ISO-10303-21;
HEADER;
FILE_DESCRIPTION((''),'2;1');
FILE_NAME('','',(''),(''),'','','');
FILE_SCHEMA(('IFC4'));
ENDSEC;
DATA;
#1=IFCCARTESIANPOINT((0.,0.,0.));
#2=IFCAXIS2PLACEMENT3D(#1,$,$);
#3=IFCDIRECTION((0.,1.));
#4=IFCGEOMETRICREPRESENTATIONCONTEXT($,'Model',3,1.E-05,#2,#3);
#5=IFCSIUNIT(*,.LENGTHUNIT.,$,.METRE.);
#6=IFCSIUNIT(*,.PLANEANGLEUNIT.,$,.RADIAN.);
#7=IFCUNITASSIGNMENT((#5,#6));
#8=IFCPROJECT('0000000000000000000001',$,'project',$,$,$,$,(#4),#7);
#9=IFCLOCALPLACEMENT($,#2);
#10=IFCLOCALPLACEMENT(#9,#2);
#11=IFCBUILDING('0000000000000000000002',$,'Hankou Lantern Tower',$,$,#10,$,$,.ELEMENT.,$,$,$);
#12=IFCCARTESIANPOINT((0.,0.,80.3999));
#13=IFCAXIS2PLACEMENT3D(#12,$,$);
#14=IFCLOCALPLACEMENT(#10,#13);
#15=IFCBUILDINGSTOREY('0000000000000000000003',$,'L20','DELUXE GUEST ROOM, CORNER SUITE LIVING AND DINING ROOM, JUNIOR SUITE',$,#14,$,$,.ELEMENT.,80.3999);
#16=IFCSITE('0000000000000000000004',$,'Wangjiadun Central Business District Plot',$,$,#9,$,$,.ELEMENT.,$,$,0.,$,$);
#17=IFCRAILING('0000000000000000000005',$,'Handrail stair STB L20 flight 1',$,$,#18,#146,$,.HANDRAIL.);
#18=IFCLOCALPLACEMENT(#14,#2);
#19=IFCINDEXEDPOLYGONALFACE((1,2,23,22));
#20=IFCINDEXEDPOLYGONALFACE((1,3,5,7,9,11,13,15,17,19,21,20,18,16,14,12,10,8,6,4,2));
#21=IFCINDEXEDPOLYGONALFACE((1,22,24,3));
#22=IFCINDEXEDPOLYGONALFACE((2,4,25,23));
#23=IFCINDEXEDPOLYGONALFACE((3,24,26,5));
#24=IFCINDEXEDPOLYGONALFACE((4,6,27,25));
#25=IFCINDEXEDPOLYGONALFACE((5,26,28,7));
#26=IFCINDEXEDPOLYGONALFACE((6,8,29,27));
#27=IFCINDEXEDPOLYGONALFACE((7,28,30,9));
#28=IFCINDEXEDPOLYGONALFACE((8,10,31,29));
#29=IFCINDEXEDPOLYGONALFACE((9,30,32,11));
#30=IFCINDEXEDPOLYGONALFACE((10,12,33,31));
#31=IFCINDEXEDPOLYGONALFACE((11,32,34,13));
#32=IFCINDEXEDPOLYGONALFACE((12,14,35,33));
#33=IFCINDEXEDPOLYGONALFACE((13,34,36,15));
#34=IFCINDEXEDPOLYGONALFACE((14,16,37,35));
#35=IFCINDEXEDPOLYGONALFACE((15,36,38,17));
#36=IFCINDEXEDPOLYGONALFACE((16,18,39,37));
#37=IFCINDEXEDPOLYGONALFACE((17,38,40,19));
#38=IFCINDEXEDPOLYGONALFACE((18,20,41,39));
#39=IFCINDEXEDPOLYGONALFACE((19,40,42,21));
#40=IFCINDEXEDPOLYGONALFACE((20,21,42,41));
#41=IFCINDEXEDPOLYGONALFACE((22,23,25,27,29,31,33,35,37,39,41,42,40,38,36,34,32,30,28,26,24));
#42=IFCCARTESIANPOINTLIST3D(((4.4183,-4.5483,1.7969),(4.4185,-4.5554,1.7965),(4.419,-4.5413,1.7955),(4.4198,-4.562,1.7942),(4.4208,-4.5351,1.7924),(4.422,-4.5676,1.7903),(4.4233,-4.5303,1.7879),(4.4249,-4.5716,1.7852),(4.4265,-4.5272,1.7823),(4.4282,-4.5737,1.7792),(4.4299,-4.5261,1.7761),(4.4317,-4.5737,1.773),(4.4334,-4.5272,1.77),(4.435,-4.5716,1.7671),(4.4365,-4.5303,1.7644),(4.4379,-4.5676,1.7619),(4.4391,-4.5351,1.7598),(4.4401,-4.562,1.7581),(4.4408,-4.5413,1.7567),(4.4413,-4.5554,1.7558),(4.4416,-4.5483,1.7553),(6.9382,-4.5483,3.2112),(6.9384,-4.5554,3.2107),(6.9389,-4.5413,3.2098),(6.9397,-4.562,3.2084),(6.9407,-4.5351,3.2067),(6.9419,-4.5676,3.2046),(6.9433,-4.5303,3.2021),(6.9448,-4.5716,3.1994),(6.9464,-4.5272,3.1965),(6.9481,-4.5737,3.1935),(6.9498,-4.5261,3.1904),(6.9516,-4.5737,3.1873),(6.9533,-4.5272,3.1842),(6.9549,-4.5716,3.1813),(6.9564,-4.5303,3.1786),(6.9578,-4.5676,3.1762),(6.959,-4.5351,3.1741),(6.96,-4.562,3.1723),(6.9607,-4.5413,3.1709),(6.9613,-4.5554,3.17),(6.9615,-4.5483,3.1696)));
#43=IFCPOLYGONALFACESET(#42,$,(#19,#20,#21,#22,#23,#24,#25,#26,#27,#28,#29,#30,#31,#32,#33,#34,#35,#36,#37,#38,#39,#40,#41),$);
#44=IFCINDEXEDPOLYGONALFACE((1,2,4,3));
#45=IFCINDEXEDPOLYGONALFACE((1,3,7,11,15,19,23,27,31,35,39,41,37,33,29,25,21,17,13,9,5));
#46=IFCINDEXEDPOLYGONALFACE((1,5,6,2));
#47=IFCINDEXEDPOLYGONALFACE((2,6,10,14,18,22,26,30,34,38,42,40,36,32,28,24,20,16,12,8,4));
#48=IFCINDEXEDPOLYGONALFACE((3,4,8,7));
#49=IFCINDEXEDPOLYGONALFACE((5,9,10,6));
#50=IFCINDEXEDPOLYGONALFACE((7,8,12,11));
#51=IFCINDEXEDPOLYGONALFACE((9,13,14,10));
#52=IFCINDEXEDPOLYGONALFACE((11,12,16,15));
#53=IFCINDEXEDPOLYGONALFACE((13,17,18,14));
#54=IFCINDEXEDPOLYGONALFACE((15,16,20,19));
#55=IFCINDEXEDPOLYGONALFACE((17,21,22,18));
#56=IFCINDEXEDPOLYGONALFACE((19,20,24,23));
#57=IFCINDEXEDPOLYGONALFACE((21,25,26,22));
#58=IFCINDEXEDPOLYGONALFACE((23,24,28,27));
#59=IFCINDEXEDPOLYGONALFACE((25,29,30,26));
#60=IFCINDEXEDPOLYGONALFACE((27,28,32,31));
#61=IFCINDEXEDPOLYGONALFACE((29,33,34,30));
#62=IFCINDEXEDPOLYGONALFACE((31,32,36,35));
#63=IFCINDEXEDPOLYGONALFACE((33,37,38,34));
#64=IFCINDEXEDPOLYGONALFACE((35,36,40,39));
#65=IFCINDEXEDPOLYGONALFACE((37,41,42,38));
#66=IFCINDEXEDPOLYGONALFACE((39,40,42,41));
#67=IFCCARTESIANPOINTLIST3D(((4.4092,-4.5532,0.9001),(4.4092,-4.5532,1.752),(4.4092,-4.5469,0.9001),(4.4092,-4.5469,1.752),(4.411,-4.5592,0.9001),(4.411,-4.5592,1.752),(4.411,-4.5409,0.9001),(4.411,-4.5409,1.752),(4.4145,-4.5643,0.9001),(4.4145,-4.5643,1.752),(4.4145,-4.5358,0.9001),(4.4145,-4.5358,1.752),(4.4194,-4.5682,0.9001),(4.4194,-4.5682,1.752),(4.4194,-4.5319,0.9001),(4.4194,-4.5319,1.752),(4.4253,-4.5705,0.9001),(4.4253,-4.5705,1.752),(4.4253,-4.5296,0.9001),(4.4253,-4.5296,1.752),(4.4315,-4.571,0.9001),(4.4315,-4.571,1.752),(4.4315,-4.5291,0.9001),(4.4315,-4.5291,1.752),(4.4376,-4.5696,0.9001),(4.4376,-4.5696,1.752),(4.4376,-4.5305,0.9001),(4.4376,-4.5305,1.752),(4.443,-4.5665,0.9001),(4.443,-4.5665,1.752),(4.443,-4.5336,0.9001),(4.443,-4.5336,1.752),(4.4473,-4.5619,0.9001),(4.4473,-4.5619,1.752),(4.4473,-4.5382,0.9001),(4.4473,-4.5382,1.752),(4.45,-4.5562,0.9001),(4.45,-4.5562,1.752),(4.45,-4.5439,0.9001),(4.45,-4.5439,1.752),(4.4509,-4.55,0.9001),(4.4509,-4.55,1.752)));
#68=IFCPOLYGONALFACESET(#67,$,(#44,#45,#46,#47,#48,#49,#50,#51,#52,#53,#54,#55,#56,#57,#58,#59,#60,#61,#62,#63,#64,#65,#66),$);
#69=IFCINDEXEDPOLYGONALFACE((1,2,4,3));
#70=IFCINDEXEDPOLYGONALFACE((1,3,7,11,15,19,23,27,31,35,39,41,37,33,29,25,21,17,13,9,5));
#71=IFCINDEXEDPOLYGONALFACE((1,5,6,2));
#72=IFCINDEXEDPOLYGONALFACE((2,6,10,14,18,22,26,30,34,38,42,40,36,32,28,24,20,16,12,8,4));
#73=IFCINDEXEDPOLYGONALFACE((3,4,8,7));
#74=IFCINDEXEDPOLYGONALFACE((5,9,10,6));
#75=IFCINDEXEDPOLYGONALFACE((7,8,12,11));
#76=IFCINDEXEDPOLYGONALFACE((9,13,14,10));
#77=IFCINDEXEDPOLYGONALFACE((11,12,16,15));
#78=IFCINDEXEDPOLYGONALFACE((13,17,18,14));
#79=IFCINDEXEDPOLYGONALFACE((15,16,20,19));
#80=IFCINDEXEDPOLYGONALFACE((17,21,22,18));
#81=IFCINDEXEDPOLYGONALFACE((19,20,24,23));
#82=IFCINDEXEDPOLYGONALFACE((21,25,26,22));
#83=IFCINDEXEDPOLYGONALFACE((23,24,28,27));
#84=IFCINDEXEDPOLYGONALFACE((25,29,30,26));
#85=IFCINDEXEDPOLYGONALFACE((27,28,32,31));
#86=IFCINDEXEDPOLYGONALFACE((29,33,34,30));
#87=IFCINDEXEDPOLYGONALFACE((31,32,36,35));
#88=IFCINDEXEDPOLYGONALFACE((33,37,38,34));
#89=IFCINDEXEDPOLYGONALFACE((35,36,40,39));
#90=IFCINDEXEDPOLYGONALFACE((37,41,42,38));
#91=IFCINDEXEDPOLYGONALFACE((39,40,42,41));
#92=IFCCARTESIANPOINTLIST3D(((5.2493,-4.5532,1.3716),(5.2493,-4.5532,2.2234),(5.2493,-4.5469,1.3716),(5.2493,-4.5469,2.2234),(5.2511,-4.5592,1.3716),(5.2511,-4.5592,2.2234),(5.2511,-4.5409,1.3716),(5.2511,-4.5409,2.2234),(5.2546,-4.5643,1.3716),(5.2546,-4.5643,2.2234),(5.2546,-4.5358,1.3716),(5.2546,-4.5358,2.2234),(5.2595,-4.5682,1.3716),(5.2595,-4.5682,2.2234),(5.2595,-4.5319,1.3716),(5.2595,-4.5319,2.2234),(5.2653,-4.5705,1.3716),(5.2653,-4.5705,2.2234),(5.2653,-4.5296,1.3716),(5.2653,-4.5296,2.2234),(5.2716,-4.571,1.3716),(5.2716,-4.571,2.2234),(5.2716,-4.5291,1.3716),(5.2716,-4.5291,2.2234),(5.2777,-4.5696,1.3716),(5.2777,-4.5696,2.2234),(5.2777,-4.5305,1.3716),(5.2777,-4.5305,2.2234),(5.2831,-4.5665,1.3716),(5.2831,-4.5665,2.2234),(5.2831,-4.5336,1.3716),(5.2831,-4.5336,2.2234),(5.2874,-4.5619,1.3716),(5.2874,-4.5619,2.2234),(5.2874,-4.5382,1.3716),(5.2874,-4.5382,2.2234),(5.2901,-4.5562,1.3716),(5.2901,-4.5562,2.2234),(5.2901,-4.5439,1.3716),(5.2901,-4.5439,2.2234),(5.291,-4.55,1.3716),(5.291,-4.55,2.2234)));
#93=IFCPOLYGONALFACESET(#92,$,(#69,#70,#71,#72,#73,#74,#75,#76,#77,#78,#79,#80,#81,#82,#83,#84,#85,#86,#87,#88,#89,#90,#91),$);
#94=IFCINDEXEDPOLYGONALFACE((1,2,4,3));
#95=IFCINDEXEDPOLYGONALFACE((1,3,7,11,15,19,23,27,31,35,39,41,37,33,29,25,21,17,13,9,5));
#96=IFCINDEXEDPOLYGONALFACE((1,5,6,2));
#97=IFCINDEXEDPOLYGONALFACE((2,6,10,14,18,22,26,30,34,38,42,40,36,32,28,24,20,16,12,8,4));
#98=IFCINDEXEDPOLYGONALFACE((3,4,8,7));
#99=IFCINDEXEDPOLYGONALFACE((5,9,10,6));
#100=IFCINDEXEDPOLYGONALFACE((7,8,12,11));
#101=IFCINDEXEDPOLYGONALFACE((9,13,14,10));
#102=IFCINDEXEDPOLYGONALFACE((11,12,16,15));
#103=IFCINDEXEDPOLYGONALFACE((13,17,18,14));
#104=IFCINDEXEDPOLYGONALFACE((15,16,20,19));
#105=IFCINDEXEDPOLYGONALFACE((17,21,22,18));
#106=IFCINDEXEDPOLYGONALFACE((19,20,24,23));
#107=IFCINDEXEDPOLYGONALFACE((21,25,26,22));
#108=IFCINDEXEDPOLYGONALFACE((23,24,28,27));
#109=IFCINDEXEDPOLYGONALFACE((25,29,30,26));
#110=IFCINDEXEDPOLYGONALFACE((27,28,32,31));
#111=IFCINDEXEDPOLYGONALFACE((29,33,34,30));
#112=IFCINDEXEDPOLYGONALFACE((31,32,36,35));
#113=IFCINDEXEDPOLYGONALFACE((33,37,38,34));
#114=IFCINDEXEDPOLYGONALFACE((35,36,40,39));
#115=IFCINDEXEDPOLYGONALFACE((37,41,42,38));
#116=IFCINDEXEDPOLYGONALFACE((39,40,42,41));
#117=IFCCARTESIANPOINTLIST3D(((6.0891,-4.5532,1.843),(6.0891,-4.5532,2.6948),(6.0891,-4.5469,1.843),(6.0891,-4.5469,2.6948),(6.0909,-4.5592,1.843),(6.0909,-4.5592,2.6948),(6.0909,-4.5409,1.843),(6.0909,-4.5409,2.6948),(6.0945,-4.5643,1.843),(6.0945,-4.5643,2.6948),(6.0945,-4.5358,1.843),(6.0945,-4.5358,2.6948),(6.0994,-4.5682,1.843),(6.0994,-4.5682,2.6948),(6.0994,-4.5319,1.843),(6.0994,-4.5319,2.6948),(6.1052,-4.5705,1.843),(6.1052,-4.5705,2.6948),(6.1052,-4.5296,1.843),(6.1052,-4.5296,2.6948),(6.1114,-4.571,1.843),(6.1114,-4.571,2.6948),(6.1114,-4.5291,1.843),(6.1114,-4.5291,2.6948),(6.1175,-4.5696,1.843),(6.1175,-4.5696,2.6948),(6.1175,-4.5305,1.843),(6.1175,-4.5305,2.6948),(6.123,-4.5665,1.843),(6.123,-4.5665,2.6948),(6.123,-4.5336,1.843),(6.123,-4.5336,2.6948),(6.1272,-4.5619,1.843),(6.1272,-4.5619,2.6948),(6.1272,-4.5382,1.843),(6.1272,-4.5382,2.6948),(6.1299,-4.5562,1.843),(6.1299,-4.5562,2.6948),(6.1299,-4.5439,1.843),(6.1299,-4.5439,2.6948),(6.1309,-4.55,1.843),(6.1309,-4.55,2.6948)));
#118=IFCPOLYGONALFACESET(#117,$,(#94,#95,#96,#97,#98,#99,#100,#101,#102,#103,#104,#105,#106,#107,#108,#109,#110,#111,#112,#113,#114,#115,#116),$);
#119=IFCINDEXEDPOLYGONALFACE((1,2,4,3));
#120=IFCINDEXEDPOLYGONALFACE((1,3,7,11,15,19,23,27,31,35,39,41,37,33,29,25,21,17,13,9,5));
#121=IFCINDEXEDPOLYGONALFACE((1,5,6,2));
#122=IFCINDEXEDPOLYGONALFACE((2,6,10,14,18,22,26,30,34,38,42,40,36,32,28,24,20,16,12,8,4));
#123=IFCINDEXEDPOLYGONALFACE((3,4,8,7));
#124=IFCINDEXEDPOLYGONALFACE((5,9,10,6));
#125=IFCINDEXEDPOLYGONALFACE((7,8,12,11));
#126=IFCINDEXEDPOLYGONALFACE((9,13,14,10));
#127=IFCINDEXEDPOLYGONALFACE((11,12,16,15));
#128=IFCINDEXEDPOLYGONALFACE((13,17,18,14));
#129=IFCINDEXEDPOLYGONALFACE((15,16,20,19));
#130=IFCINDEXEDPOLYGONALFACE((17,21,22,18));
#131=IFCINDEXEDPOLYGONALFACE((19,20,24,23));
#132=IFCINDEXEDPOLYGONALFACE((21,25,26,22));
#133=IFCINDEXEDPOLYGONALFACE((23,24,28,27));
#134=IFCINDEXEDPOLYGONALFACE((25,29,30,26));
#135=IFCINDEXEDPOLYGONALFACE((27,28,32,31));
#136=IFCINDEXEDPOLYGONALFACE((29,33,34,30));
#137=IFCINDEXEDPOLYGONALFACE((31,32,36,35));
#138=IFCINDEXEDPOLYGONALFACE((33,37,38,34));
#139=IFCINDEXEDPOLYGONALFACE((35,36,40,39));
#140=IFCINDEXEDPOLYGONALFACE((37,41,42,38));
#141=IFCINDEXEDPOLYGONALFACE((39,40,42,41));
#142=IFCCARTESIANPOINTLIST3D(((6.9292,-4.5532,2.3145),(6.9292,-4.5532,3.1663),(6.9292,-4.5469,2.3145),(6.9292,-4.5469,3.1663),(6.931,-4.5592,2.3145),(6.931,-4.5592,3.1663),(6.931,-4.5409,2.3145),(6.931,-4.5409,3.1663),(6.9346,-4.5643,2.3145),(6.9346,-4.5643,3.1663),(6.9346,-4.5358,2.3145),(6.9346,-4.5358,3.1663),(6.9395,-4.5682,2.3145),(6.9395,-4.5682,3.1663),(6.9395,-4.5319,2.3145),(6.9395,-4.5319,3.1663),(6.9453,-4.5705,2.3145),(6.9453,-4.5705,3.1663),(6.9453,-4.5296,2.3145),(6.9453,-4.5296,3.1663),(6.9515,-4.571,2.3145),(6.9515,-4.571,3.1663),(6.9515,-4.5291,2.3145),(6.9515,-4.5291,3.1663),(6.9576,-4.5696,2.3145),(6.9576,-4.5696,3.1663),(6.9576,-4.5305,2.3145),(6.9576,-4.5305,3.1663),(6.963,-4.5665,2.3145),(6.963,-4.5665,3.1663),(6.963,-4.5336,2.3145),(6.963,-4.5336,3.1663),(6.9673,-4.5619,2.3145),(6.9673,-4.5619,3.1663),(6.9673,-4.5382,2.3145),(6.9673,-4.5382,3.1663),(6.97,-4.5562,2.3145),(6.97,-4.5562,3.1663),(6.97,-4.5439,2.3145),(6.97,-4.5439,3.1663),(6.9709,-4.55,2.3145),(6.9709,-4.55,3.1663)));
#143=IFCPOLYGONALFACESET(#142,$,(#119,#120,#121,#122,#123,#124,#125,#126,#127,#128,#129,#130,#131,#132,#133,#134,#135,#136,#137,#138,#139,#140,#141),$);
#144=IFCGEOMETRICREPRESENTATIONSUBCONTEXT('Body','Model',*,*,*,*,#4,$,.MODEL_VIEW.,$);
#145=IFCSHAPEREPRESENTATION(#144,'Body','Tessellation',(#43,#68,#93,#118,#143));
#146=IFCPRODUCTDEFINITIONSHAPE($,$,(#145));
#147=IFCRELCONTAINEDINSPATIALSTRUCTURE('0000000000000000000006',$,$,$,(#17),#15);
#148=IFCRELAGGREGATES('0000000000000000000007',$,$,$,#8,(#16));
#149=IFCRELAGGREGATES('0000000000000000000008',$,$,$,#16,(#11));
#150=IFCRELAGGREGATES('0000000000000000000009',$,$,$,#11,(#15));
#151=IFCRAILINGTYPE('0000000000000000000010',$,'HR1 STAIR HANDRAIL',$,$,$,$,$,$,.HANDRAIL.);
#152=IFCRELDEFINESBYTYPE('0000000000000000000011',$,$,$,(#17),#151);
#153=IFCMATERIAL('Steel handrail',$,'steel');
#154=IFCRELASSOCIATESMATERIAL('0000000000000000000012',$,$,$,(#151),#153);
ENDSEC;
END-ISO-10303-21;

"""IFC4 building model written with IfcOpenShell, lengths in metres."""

from ifc_helpers import new_model, si_unit, direction, frame, origin, origin_2d, place, context, subcontext, project, spatial, circle, extrude, material, type_object, element, save


model = new_model("IFC4")

# Units and contexts
model_context = context("Model", 3, precision=1e-05, world=origin(), true_north=direction((0.0, 1.0)))
body_context = subcontext(model_context, "Body", "Model", "MODEL_VIEW")
ifc_project = project(units=[si_unit("LENGTHUNIT", "METRE"), si_unit("PLANEANGLEUNIT", "RADIAN")], contexts=[model_context])

# Site, building, storey
site_placement = place(None, origin())
site = spatial("IfcSite", under=ifc_project, at=site_placement, Name="Wangjiadun Central Business District Plot", CompositionType="ELEMENT", RefElevation=0.0)
building_placement = place(site_placement, origin())
building = spatial("IfcBuilding", under=site, at=building_placement, Name="Hankou Lantern Tower", CompositionType="ELEMENT")
storey_placement = place(building_placement, frame((0.0, 0.0, 80.3999)))
storey = spatial("IfcBuildingStorey", under=building, at=storey_placement, Name="L20", Description="DELUXE GUEST ROOM, CORNER SUITE LIVING AND DINING ROOM, JUNIOR SUITE", CompositionType="ELEMENT", Elevation=80.3999)

# Railing
ifc_material_1 = material(Name="Steel handrail", Category="steel")
railing_type = type_object("IfcRailingType", Name="HR1 STAIR HANDRAIL", PredefinedType="HANDRAIL", material=ifc_material_1)
railing_1_placement = place(storey_placement, frame((4.4299, -4.55, 0.9001)))
element("IfcRailing", 1, at=railing_1_placement, inside=storey, type_object=railing_type, Name="Handrail stair STB L20 flight 1", PredefinedType="HANDRAIL", context=body_context, shape_type="SweptSolid", body=[
    extrude(circle(Radius=0.0239, at=origin_2d()), frame((0.0, 0.0, 0.876), z_axis=(0.872049, 0.0, 0.489419), x_axis=(0.0, 1.0, 0.0)), (0.0, 0.0, 1.0), 2.8896),
    extrude(circle(Radius=0.021, at=origin_2d()), origin(), (0.0, 0.0, 1.0), 0.8518),
    extrude(circle(Radius=0.021, at=origin_2d()), frame((0.8401, 0.0, 0.4714)), (0.0, 0.0, 1.0), 0.8518),
    extrude(circle(Radius=0.021, at=origin_2d()), frame((1.6799, 0.0, 0.9429)), (0.0, 0.0, 1.0), 0.8518),
    extrude(circle(Radius=0.021, at=origin_2d()), frame((2.52, 0.0, 1.4143)), (0.0, 0.0, 1.0), 0.8518),
])

save(model, "model.ifc")
